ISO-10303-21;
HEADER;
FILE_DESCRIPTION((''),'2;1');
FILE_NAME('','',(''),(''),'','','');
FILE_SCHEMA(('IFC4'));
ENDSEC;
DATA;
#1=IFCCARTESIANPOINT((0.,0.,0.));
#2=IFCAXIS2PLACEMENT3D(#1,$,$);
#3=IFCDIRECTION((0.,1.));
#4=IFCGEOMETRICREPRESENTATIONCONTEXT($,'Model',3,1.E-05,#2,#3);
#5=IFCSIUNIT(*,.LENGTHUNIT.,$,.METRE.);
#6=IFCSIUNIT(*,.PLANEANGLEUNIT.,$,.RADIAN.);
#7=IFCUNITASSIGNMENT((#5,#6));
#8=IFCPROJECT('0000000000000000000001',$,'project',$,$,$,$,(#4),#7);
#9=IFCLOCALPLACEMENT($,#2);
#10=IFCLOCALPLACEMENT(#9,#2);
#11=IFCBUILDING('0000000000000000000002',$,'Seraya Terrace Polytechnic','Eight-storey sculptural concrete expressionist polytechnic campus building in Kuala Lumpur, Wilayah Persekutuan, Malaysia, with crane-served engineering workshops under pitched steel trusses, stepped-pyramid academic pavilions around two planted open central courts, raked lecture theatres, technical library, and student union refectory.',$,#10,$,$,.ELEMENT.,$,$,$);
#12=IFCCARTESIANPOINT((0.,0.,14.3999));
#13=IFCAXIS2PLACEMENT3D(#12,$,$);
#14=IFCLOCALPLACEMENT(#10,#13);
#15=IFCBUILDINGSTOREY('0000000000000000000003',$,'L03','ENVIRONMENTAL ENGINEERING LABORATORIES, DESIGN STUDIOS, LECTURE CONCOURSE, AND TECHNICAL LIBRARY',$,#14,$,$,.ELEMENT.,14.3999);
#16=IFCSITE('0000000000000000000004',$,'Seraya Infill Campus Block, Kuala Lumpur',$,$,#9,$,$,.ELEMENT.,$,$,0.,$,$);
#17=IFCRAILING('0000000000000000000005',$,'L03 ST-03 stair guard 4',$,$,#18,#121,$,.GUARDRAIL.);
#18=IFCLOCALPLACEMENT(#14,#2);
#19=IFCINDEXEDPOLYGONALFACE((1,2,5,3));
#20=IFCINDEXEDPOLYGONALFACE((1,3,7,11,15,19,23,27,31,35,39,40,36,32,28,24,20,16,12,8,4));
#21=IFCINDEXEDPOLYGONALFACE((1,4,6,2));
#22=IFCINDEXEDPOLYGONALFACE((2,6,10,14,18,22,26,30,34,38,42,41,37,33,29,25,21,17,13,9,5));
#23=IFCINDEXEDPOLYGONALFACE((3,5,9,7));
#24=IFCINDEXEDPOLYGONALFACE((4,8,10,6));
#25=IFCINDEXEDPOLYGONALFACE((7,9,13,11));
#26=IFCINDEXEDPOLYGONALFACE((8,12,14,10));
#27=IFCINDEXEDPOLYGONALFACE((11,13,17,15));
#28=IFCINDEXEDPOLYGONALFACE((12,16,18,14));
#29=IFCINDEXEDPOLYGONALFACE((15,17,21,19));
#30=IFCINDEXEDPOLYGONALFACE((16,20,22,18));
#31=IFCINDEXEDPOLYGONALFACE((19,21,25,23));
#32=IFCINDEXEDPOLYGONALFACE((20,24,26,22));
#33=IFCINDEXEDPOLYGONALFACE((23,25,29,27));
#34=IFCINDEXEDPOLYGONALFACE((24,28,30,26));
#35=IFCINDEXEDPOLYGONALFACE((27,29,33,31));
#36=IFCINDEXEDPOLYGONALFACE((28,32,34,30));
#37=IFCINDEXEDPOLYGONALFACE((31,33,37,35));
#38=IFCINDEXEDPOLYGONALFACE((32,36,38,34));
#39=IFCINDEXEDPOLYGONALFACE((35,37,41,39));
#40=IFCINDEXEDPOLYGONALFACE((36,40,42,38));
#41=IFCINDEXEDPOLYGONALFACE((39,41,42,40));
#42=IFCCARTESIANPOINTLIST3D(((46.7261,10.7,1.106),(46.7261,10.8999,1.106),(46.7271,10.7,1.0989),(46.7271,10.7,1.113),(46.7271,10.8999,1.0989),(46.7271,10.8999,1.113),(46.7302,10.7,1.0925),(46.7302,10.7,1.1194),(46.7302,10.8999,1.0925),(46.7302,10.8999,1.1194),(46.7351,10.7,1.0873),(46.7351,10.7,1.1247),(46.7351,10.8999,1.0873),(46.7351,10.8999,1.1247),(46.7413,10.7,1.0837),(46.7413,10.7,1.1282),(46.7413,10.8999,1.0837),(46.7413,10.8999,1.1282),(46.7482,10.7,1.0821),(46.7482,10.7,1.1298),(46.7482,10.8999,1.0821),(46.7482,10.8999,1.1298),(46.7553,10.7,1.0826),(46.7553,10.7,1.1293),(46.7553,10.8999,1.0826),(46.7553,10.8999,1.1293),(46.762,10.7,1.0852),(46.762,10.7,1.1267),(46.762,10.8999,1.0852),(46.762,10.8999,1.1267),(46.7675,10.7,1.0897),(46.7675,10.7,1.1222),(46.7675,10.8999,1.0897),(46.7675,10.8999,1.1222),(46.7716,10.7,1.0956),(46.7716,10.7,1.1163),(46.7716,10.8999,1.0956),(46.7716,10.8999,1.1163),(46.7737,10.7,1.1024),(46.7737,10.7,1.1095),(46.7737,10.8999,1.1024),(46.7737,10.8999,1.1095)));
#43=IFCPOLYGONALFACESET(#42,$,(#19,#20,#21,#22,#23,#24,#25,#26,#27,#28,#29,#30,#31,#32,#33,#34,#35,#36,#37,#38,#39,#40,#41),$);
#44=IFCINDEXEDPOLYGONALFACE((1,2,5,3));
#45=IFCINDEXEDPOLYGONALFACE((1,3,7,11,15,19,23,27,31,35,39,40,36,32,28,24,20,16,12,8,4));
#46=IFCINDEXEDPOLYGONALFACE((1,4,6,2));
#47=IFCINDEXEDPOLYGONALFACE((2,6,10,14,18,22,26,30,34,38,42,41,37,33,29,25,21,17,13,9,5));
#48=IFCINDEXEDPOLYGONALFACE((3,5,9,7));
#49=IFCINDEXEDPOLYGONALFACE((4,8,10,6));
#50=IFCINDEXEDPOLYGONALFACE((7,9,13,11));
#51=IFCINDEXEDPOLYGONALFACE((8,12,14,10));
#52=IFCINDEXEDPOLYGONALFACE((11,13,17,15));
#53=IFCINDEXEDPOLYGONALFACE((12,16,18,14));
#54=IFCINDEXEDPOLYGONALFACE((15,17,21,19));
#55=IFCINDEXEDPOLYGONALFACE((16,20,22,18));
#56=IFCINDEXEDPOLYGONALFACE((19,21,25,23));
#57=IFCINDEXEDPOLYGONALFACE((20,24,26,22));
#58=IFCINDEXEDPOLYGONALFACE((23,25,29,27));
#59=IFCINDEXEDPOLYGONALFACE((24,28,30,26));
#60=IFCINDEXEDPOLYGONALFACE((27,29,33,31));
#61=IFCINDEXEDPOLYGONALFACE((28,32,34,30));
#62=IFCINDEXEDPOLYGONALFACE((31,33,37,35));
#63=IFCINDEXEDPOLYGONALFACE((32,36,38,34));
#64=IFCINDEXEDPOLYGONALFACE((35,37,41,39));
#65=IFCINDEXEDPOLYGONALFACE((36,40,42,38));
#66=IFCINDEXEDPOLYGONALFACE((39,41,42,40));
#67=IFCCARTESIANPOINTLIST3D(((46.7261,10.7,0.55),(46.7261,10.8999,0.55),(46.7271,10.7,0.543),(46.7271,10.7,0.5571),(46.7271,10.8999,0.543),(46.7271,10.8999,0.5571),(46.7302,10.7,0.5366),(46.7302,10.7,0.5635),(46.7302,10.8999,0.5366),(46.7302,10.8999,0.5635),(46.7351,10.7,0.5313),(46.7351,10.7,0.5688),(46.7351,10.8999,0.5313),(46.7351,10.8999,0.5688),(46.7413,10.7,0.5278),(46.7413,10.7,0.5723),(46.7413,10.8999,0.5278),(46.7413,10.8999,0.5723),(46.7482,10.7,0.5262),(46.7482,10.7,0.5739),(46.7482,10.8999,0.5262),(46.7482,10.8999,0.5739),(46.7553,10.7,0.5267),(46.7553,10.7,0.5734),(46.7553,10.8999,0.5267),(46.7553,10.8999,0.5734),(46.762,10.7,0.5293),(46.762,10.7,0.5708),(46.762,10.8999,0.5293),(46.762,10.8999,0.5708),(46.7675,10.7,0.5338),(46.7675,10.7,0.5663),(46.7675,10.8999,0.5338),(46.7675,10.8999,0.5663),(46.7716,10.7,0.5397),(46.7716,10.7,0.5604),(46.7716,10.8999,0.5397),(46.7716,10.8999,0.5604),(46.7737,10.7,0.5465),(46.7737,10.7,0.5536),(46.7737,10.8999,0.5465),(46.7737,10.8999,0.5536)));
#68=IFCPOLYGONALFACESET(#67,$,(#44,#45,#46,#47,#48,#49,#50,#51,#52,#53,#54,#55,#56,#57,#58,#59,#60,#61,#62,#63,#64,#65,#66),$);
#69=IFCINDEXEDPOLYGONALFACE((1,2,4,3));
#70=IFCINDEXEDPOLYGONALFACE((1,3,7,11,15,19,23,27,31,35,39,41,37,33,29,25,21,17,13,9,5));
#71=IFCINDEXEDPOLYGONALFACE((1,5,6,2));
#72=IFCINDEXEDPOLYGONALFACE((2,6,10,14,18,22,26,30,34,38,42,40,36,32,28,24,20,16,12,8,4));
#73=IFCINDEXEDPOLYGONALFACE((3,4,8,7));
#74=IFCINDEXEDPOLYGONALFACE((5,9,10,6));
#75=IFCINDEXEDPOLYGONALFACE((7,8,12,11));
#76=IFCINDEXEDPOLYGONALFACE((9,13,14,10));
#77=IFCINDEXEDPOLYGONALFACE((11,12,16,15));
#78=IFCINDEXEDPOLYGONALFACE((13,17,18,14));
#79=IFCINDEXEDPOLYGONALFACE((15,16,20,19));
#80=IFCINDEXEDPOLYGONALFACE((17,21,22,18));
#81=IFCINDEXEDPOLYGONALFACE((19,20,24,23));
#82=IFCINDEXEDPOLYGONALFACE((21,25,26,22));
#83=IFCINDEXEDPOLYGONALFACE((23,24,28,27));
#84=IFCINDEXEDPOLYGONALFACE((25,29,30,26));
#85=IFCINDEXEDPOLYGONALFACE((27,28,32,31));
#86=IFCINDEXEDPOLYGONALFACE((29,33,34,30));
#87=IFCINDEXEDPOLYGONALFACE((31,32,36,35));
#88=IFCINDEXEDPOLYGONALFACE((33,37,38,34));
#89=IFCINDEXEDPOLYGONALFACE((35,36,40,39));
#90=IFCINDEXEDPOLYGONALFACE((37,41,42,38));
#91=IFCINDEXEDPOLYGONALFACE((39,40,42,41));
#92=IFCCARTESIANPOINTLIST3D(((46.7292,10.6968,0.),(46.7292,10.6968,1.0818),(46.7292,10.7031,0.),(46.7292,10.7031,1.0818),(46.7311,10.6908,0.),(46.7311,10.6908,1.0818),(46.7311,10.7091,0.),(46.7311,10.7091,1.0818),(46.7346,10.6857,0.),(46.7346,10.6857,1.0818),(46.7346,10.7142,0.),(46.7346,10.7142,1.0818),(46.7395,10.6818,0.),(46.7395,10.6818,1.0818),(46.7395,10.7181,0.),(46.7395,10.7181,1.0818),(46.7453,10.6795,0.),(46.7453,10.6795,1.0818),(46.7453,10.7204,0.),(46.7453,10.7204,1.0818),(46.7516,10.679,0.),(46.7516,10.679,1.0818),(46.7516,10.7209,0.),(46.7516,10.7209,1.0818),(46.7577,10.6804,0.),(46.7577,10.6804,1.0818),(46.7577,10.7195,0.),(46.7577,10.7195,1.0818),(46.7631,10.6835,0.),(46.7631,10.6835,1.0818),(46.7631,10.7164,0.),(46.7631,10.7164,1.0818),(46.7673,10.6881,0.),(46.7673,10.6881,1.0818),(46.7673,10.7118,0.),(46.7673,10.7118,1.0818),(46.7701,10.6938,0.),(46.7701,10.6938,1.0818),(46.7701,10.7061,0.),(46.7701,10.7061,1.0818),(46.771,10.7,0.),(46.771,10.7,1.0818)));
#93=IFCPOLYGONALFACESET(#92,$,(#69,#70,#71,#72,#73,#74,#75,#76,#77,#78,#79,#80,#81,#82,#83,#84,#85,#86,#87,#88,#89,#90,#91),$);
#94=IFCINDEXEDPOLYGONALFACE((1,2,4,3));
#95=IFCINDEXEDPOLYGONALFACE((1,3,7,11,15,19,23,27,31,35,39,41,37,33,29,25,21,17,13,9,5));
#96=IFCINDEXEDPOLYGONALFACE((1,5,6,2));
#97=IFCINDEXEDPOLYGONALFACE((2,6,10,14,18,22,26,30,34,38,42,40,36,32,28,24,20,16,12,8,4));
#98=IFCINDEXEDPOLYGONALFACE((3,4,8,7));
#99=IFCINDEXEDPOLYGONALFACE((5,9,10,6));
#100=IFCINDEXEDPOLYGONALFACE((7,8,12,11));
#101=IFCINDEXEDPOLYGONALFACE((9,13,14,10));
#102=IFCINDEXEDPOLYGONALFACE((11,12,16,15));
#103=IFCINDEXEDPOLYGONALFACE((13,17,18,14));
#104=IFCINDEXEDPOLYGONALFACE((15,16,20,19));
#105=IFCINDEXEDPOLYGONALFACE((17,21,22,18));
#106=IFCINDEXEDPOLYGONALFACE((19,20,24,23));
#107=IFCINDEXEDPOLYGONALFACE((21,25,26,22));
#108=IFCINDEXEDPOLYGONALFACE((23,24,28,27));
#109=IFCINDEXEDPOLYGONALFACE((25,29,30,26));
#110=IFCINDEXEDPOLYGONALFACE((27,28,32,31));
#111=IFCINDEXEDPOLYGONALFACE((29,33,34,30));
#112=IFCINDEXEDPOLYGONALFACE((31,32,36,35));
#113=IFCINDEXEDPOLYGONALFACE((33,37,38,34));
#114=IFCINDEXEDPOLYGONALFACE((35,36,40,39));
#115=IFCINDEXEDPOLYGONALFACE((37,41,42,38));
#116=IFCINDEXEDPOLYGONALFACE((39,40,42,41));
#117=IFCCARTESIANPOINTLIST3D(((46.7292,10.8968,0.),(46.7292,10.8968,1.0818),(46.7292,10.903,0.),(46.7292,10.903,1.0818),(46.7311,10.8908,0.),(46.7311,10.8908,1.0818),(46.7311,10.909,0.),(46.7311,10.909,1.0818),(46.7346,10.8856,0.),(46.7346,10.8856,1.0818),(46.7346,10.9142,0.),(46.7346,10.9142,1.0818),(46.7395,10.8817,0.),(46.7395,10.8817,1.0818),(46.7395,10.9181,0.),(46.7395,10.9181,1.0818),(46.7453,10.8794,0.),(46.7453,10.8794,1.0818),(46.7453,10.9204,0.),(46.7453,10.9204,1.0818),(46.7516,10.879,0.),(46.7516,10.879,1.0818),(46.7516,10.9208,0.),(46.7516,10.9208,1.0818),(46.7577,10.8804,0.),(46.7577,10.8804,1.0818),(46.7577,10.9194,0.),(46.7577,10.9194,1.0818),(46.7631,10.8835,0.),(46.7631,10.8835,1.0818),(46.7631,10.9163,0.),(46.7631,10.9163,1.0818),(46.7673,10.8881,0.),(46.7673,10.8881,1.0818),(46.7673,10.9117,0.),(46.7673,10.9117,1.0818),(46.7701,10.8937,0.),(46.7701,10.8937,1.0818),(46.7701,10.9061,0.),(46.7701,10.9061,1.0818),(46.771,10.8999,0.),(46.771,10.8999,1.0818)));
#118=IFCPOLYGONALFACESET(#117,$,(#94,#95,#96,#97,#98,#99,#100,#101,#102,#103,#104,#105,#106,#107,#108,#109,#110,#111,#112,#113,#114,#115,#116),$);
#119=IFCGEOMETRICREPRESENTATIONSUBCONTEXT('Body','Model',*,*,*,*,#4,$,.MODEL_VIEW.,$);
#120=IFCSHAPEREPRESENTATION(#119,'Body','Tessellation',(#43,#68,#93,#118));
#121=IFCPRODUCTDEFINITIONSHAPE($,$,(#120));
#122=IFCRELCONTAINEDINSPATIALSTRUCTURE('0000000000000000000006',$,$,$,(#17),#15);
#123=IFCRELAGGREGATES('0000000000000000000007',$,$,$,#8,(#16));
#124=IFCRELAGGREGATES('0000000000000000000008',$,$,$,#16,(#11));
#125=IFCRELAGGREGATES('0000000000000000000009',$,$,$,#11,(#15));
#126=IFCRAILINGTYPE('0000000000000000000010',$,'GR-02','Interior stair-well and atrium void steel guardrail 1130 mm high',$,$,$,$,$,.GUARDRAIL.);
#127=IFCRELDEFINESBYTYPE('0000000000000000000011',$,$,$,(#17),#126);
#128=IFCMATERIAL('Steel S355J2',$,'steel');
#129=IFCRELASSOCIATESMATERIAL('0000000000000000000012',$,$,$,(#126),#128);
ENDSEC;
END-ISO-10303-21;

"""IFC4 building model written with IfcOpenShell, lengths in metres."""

from ifc_helpers import new_model, si_unit, direction, frame, origin, origin_2d, place, context, subcontext, project, spatial, circle, extrude, material, type_object, element, save


model = new_model("IFC4")

# Units and contexts
model_context = context("Model", 3, precision=1e-05, world=origin(), true_north=direction((0.0, 1.0)))
body_context = subcontext(model_context, "Body", "Model", "MODEL_VIEW")
ifc_project = project(units=[si_unit("LENGTHUNIT", "METRE"), si_unit("PLANEANGLEUNIT", "RADIAN")], contexts=[model_context])

# Site, building, storey
site_placement = place(None, origin())
site = spatial("IfcSite", under=ifc_project, at=site_placement, Name="Seraya Infill Campus Block, Kuala Lumpur", CompositionType="ELEMENT", RefElevation=0.0)
building_placement = place(site_placement, origin())
building = spatial("IfcBuilding", under=site, at=building_placement, Name="Seraya Terrace Polytechnic", Description="Eight-storey sculptural concrete expressionist polytechnic campus building in Kuala Lumpur, Wilayah Persekutuan, Malaysia, with crane-served engineering workshops under pitched steel trusses, stepped-pyramid academic pavilions around two planted open central courts, raked lecture theatres, technical library, and student union refectory.", CompositionType="ELEMENT")
storey_placement = place(building_placement, frame((0.0, 0.0, 14.3999)))
storey = spatial("IfcBuildingStorey", under=building, at=storey_placement, Name="L03", Description="ENVIRONMENTAL ENGINEERING LABORATORIES, DESIGN STUDIOS, LECTURE CONCOURSE, AND TECHNICAL LIBRARY", CompositionType="ELEMENT", Elevation=14.3999)

# Shared definitions
ifc_material_1 = material(Name="Steel S355J2", Category="steel")

# Railing
railing_type_1 = type_object("IfcRailingType", Name="GR-02", Description="Interior stair-well and atrium void steel guardrail 1130 mm high", PredefinedType="GUARDRAIL", material=ifc_material_1)
railing_1_placement = place(storey_placement, frame((46.75, 10.7, 0.0)))
element("IfcRailing", 1, at=railing_1_placement, inside=storey, type_object=railing_type_1, Name="L03 ST-03 stair guard 4", PredefinedType="GUARDRAIL", context=body_context, shape_type="SweptSolid", body=[
    extrude(circle(Radius=0.0239, at=origin_2d()), frame((0.0, 0.0, 1.106), z_axis=(0.0, 1.0, 0.0), x_axis=(-1.0, 0.0, 0.0)), (0.0, 0.0, 1.0), 0.2),
    extrude(circle(Radius=0.0239, at=origin_2d()), frame((0.0, 0.0, 0.55), z_axis=(0.0, 1.0, 0.0), x_axis=(-1.0, 0.0, 0.0)), (0.0, 0.0, 1.0), 0.2),
    extrude(circle(Radius=0.021, at=origin_2d()), origin(), (0.0, 0.0, 1.0), 1.0818),
    extrude(circle(Radius=0.021, at=origin_2d()), frame((0.0, 0.2, 0.0)), (0.0, 0.0, 1.0), 1.0818),
])

save(model, "model.ifc")
